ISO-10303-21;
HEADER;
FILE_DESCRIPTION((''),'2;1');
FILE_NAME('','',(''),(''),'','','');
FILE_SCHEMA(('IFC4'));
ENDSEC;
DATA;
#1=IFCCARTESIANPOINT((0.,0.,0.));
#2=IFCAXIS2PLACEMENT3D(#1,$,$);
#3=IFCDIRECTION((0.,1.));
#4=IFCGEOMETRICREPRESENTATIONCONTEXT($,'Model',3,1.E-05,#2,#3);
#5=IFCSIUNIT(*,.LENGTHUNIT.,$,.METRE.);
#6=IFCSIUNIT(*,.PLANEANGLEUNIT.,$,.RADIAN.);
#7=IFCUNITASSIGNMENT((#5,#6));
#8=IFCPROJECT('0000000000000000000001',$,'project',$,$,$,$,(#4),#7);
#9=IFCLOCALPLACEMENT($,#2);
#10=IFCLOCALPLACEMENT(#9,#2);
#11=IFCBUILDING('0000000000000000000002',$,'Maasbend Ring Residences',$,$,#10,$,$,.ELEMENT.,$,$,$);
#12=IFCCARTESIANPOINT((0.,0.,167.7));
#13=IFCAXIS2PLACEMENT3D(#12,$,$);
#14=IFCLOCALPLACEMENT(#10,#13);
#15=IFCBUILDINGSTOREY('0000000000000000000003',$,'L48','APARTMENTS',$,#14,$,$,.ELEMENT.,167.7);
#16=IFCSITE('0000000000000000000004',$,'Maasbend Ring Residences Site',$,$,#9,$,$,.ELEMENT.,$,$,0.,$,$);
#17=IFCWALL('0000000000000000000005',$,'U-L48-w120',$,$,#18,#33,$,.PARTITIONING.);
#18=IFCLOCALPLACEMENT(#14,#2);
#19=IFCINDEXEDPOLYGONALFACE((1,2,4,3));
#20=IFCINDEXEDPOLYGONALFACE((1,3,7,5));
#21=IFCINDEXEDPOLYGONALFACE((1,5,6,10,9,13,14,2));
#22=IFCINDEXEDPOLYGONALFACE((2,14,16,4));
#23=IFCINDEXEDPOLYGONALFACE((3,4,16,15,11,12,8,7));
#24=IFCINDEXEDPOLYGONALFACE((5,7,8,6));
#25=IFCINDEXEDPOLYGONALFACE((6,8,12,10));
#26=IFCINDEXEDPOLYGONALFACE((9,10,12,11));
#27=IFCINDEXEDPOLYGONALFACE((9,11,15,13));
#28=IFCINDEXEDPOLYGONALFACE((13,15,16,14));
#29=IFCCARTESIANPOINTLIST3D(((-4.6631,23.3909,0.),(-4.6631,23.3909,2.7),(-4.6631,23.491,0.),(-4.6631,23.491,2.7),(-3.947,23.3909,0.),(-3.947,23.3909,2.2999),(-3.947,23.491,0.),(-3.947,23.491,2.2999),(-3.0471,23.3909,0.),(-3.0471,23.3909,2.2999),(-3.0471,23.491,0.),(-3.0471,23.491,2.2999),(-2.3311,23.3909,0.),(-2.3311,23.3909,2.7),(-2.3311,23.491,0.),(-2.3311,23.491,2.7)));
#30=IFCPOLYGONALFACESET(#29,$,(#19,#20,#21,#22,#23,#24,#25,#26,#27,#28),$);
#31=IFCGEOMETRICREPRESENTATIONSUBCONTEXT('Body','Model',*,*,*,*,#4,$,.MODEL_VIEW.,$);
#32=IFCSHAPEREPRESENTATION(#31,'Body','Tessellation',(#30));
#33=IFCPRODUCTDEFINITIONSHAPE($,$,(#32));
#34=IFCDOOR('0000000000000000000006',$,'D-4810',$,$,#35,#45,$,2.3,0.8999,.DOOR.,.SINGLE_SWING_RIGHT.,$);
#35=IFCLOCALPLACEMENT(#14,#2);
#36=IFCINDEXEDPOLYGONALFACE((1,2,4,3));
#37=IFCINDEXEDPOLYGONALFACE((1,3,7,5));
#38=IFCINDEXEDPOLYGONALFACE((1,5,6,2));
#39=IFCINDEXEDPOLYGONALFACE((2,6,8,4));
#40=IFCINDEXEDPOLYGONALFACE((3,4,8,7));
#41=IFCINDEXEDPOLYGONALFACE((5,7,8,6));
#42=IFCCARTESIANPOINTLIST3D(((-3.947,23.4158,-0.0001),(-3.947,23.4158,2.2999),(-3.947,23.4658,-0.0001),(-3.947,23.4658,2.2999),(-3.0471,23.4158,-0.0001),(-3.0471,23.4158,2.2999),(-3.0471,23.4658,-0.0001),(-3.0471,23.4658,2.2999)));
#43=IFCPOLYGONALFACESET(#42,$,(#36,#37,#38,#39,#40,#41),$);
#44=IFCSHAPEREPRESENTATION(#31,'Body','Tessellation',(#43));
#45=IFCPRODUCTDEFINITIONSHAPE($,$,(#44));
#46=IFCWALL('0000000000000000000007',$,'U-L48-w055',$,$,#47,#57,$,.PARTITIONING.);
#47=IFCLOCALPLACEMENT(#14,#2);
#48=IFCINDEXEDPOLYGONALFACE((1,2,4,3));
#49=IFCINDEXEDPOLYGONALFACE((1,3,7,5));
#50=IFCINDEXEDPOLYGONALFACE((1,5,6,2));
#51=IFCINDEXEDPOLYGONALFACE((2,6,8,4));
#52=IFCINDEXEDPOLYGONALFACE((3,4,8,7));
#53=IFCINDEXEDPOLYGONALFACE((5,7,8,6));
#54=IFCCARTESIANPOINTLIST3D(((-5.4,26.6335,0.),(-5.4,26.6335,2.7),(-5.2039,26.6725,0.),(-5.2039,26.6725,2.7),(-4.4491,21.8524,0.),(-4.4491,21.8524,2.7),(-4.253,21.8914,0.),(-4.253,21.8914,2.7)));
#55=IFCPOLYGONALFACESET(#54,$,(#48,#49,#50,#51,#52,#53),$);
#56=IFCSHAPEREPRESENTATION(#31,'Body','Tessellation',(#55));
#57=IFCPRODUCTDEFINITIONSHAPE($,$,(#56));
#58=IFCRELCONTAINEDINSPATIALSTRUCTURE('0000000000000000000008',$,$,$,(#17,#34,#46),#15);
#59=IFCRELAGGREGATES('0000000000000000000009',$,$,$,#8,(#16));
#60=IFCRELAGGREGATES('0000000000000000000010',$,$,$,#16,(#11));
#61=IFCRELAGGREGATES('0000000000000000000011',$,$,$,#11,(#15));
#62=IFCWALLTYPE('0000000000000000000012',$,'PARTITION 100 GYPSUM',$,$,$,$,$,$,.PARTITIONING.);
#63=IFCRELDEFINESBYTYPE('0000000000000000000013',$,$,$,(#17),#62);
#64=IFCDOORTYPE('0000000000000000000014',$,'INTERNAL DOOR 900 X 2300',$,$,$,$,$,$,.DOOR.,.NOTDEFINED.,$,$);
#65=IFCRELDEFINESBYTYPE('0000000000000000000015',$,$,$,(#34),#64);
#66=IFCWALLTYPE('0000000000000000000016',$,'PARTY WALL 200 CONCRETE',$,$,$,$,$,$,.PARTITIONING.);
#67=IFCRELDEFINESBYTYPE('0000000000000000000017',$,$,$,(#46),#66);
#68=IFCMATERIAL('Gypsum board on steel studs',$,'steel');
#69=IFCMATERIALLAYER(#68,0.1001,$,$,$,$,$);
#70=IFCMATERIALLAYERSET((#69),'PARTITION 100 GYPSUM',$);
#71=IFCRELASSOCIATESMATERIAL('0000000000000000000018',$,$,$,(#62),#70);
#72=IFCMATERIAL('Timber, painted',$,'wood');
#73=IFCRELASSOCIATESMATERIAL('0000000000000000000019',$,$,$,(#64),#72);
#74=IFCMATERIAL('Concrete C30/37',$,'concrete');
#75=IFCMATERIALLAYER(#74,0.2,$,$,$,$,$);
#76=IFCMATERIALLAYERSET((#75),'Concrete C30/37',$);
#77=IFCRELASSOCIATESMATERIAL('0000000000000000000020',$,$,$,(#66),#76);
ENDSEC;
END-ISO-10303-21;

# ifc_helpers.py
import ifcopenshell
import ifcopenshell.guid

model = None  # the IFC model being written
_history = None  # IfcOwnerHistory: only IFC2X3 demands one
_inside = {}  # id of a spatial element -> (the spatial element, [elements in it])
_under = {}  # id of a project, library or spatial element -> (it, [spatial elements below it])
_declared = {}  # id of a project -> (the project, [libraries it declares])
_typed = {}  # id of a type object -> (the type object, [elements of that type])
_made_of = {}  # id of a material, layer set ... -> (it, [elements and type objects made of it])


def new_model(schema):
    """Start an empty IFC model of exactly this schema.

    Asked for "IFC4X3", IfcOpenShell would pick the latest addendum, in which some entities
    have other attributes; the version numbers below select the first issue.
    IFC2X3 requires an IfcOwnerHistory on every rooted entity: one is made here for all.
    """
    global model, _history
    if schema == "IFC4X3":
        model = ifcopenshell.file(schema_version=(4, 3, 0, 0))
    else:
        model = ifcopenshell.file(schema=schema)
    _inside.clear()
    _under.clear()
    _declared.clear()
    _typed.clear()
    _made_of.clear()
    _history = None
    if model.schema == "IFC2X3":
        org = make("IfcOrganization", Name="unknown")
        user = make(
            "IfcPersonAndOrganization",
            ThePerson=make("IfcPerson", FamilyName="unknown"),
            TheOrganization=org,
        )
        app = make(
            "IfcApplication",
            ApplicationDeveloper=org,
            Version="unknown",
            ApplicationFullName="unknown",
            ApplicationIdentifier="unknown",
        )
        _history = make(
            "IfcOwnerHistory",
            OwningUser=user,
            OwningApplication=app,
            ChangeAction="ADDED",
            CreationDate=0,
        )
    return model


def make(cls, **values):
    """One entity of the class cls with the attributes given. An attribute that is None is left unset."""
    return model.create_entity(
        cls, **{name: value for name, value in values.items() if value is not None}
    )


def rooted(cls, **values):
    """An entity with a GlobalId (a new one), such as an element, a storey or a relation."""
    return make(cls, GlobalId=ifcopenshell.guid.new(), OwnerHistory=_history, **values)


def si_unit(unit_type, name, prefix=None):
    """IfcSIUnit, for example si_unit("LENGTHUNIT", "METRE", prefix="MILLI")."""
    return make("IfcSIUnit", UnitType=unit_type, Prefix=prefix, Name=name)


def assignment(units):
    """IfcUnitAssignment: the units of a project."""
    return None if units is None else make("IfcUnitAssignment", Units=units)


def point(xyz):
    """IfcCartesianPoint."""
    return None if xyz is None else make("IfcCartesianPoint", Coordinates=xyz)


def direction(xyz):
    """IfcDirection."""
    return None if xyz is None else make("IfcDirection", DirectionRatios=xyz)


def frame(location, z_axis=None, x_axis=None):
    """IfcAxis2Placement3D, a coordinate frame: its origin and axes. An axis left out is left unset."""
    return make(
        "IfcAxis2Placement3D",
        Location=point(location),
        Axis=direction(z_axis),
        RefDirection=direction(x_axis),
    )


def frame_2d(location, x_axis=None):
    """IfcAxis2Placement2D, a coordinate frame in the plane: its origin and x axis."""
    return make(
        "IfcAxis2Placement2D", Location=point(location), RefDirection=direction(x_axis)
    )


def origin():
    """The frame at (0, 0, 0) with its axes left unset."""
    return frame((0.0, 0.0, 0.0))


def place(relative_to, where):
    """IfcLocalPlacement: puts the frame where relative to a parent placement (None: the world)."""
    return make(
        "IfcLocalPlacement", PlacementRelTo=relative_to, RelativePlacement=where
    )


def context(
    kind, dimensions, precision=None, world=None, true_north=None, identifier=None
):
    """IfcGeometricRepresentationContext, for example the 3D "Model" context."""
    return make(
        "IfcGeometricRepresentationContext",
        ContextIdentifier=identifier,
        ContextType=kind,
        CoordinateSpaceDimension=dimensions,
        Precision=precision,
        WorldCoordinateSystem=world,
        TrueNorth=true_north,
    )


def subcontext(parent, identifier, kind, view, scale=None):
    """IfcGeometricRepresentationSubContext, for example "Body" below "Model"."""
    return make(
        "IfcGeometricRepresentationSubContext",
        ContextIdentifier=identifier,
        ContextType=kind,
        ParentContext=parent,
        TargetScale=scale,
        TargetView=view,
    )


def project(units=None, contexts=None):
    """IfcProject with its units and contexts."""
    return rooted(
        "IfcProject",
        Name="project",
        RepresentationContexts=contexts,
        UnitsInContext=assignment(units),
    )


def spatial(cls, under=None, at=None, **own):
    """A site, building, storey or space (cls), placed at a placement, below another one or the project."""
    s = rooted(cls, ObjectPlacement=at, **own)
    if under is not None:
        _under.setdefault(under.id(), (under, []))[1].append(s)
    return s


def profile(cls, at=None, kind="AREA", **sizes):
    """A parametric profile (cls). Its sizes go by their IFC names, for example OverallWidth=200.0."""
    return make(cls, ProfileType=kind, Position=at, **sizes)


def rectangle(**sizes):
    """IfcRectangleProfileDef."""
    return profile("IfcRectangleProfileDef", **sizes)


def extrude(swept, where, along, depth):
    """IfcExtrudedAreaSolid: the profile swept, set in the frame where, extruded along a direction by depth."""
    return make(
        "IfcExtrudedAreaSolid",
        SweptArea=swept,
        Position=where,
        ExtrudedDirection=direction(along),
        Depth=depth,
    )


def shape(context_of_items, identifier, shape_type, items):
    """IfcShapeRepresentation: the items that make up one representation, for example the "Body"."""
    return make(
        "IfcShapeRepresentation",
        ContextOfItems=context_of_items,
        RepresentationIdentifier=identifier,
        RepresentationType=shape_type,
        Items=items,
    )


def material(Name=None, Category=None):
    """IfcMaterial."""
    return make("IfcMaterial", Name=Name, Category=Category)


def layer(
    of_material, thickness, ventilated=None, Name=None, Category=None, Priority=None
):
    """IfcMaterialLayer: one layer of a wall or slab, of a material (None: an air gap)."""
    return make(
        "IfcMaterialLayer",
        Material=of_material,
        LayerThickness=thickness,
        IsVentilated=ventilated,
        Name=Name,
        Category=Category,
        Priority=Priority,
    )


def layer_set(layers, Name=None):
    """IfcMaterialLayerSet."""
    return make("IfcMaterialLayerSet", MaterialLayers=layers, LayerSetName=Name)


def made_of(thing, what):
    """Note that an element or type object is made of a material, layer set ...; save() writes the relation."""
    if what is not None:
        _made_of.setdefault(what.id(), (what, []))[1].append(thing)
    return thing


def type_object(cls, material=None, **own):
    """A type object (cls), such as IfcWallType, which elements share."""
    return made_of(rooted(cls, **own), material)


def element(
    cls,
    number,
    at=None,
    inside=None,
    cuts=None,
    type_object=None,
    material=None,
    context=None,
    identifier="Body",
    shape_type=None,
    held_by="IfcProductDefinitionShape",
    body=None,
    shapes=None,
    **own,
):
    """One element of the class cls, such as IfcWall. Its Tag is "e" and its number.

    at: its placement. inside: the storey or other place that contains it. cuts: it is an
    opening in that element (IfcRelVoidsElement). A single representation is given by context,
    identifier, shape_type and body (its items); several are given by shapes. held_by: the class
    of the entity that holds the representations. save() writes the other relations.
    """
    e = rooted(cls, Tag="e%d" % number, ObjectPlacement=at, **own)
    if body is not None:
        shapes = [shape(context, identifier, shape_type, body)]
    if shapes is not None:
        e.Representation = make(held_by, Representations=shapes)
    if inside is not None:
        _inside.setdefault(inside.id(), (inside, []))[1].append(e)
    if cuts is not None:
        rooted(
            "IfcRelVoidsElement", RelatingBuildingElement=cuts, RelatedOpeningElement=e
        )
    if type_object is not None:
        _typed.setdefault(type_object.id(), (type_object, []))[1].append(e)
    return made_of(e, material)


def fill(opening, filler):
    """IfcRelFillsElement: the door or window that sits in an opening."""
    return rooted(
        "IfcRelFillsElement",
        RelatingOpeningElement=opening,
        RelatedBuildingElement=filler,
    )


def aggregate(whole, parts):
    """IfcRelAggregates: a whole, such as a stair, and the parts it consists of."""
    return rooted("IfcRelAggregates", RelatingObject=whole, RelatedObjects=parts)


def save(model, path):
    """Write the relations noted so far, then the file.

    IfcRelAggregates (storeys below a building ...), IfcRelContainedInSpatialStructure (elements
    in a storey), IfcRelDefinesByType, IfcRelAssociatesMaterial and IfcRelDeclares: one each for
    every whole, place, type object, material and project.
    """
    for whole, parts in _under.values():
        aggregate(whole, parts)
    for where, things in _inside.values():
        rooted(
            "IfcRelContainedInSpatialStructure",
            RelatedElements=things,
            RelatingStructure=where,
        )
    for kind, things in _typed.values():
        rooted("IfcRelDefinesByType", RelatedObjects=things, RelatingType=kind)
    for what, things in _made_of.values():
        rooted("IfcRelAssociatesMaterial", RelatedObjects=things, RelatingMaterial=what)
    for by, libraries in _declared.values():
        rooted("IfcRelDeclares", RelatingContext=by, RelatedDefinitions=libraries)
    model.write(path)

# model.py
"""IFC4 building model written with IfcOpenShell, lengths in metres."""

from ifc_helpers import new_model, si_unit, direction, frame, frame_2d, origin, place, context, subcontext, project, spatial, rectangle, extrude, material, layer, layer_set, type_object, element, fill, save


model = new_model("IFC4")

# Units and contexts
model_context = context("Model", 3, precision=1e-05, world=origin(), true_north=direction((0.0, 1.0)))
body_context = subcontext(model_context, "Body", "Model", "MODEL_VIEW")
ifc_project = project(units=[si_unit("LENGTHUNIT", "METRE"), si_unit("PLANEANGLEUNIT", "RADIAN")], contexts=[model_context])

# Site, building, storey
site_placement = place(None, origin())
site = spatial("IfcSite", under=ifc_project, at=site_placement, Name="Maasbend Ring Residences Site", CompositionType="ELEMENT", RefElevation=0.0)
building_placement = place(site_placement, origin())
building = spatial("IfcBuilding", under=site, at=building_placement, Name="Maasbend Ring Residences", CompositionType="ELEMENT")
storey_placement = place(building_placement, frame((0.0, 0.0, 167.7)))
storey = spatial("IfcBuildingStorey", under=building, at=storey_placement, Name="L48", Description="APARTMENTS", CompositionType="ELEMENT", Elevation=167.7)

# Shared definitions
ifc_material_1 = material(Name="Gypsum board on steel studs", Category="steel")
ifc_layer_1 = layer(ifc_material_1, 0.1001)
ifc_layer_set_1 = layer_set([ifc_layer_1], Name="PARTITION 100 GYPSUM")
wall_type_1 = type_object("IfcWallType", Name="PARTITION 100 GYPSUM", PredefinedType="PARTITIONING", material=ifc_layer_set_1)
ifc_material_2 = material(Name="Timber, painted", Category="wood")
door_type_1 = type_object("IfcDoorType", Name="INTERNAL DOOR 900 X 2300", OperationType="NOTDEFINED", PredefinedType="DOOR", material=ifc_material_2)

# Wall, opening, door
wall_1_placement = place(storey_placement, frame((-4.6631, 23.4409, 0.0), z_axis=(0.0, 0.0, 1.0), x_axis=(1.0, 0.0, 0.0)))
wall_1 = element("IfcWall", 1, at=wall_1_placement, inside=storey, type_object=wall_type_1, Name="U-L48-w120", PredefinedType="PARTITIONING", context=body_context, shape_type="SweptSolid", body=[
    extrude(rectangle(XDim=2.332, YDim=0.1001, at=frame_2d((1.166, 0.0))), origin(), (0.0, 0.0, 1.0), 2.7),
])
opening_1_placement = place(wall_1_placement, frame((0.7161, 0.0, 0.0)))
opening_1 = element("IfcOpeningElement", 2, at=opening_1_placement, cuts=wall_1, PredefinedType="OPENING", context=body_context, shape_type="SweptSolid", body=[
    extrude(rectangle(XDim=0.8999, YDim=2.3, at=frame_2d((0.45, 1.1499))), frame((0.0, 0.0601, 0.0), z_axis=(0.0, -1.0, 0.0), x_axis=(1.0, 0.0, 0.0)), (0.0, 0.0, 1.0), 0.1201),
])
door_1_placement = place(opening_1_placement, origin())
door_1 = element("IfcDoor", 3, at=door_1_placement, inside=storey, type_object=door_type_1, Name="D-4810", OperationType="SINGLE_SWING_RIGHT", OverallHeight=2.3, OverallWidth=0.8999, PredefinedType="DOOR", context=body_context, shape_type="SweptSolid", body=[
    extrude(rectangle(XDim=0.8999, YDim=2.3, at=frame_2d((0.45, 1.1499))), frame((0.0, 0.0249, 0.0), z_axis=(0.0, -1.0, 0.0), x_axis=(1.0, 0.0, 0.0)), (0.0, 0.0, 1.0), 0.05),
])
fill(opening_1, door_1)

# Wall
ifc_material_3 = material(Name="Concrete C30/37", Category="concrete")
ifc_layer_2 = layer(ifc_material_3, 0.2)
ifc_layer_set_2 = layer_set([ifc_layer_2], Name="Concrete C30/37")
wall_type_2 = type_object("IfcWallType", Name="PARTY WALL 200 CONCRETE", PredefinedType="PARTITIONING", material=ifc_layer_set_2)
wall_2_placement = place(storey_placement, frame((-5.302, 26.6531, 0.0), z_axis=(0.0, 0.0, 1.0), x_axis=(0.195076, -0.980788, 0.0)))
element("IfcWall", 4, at=wall_2_placement, inside=storey, type_object=wall_type_2, Name="U-L48-w055", PredefinedType="PARTITIONING", context=body_context, shape_type="SweptSolid", body=[
    extrude(rectangle(XDim=4.8748, YDim=0.2, at=frame_2d((2.4375, 0.0))), origin(), (0.0, 0.0, 1.0), 2.7),
])

save(model, "model.ifc")
